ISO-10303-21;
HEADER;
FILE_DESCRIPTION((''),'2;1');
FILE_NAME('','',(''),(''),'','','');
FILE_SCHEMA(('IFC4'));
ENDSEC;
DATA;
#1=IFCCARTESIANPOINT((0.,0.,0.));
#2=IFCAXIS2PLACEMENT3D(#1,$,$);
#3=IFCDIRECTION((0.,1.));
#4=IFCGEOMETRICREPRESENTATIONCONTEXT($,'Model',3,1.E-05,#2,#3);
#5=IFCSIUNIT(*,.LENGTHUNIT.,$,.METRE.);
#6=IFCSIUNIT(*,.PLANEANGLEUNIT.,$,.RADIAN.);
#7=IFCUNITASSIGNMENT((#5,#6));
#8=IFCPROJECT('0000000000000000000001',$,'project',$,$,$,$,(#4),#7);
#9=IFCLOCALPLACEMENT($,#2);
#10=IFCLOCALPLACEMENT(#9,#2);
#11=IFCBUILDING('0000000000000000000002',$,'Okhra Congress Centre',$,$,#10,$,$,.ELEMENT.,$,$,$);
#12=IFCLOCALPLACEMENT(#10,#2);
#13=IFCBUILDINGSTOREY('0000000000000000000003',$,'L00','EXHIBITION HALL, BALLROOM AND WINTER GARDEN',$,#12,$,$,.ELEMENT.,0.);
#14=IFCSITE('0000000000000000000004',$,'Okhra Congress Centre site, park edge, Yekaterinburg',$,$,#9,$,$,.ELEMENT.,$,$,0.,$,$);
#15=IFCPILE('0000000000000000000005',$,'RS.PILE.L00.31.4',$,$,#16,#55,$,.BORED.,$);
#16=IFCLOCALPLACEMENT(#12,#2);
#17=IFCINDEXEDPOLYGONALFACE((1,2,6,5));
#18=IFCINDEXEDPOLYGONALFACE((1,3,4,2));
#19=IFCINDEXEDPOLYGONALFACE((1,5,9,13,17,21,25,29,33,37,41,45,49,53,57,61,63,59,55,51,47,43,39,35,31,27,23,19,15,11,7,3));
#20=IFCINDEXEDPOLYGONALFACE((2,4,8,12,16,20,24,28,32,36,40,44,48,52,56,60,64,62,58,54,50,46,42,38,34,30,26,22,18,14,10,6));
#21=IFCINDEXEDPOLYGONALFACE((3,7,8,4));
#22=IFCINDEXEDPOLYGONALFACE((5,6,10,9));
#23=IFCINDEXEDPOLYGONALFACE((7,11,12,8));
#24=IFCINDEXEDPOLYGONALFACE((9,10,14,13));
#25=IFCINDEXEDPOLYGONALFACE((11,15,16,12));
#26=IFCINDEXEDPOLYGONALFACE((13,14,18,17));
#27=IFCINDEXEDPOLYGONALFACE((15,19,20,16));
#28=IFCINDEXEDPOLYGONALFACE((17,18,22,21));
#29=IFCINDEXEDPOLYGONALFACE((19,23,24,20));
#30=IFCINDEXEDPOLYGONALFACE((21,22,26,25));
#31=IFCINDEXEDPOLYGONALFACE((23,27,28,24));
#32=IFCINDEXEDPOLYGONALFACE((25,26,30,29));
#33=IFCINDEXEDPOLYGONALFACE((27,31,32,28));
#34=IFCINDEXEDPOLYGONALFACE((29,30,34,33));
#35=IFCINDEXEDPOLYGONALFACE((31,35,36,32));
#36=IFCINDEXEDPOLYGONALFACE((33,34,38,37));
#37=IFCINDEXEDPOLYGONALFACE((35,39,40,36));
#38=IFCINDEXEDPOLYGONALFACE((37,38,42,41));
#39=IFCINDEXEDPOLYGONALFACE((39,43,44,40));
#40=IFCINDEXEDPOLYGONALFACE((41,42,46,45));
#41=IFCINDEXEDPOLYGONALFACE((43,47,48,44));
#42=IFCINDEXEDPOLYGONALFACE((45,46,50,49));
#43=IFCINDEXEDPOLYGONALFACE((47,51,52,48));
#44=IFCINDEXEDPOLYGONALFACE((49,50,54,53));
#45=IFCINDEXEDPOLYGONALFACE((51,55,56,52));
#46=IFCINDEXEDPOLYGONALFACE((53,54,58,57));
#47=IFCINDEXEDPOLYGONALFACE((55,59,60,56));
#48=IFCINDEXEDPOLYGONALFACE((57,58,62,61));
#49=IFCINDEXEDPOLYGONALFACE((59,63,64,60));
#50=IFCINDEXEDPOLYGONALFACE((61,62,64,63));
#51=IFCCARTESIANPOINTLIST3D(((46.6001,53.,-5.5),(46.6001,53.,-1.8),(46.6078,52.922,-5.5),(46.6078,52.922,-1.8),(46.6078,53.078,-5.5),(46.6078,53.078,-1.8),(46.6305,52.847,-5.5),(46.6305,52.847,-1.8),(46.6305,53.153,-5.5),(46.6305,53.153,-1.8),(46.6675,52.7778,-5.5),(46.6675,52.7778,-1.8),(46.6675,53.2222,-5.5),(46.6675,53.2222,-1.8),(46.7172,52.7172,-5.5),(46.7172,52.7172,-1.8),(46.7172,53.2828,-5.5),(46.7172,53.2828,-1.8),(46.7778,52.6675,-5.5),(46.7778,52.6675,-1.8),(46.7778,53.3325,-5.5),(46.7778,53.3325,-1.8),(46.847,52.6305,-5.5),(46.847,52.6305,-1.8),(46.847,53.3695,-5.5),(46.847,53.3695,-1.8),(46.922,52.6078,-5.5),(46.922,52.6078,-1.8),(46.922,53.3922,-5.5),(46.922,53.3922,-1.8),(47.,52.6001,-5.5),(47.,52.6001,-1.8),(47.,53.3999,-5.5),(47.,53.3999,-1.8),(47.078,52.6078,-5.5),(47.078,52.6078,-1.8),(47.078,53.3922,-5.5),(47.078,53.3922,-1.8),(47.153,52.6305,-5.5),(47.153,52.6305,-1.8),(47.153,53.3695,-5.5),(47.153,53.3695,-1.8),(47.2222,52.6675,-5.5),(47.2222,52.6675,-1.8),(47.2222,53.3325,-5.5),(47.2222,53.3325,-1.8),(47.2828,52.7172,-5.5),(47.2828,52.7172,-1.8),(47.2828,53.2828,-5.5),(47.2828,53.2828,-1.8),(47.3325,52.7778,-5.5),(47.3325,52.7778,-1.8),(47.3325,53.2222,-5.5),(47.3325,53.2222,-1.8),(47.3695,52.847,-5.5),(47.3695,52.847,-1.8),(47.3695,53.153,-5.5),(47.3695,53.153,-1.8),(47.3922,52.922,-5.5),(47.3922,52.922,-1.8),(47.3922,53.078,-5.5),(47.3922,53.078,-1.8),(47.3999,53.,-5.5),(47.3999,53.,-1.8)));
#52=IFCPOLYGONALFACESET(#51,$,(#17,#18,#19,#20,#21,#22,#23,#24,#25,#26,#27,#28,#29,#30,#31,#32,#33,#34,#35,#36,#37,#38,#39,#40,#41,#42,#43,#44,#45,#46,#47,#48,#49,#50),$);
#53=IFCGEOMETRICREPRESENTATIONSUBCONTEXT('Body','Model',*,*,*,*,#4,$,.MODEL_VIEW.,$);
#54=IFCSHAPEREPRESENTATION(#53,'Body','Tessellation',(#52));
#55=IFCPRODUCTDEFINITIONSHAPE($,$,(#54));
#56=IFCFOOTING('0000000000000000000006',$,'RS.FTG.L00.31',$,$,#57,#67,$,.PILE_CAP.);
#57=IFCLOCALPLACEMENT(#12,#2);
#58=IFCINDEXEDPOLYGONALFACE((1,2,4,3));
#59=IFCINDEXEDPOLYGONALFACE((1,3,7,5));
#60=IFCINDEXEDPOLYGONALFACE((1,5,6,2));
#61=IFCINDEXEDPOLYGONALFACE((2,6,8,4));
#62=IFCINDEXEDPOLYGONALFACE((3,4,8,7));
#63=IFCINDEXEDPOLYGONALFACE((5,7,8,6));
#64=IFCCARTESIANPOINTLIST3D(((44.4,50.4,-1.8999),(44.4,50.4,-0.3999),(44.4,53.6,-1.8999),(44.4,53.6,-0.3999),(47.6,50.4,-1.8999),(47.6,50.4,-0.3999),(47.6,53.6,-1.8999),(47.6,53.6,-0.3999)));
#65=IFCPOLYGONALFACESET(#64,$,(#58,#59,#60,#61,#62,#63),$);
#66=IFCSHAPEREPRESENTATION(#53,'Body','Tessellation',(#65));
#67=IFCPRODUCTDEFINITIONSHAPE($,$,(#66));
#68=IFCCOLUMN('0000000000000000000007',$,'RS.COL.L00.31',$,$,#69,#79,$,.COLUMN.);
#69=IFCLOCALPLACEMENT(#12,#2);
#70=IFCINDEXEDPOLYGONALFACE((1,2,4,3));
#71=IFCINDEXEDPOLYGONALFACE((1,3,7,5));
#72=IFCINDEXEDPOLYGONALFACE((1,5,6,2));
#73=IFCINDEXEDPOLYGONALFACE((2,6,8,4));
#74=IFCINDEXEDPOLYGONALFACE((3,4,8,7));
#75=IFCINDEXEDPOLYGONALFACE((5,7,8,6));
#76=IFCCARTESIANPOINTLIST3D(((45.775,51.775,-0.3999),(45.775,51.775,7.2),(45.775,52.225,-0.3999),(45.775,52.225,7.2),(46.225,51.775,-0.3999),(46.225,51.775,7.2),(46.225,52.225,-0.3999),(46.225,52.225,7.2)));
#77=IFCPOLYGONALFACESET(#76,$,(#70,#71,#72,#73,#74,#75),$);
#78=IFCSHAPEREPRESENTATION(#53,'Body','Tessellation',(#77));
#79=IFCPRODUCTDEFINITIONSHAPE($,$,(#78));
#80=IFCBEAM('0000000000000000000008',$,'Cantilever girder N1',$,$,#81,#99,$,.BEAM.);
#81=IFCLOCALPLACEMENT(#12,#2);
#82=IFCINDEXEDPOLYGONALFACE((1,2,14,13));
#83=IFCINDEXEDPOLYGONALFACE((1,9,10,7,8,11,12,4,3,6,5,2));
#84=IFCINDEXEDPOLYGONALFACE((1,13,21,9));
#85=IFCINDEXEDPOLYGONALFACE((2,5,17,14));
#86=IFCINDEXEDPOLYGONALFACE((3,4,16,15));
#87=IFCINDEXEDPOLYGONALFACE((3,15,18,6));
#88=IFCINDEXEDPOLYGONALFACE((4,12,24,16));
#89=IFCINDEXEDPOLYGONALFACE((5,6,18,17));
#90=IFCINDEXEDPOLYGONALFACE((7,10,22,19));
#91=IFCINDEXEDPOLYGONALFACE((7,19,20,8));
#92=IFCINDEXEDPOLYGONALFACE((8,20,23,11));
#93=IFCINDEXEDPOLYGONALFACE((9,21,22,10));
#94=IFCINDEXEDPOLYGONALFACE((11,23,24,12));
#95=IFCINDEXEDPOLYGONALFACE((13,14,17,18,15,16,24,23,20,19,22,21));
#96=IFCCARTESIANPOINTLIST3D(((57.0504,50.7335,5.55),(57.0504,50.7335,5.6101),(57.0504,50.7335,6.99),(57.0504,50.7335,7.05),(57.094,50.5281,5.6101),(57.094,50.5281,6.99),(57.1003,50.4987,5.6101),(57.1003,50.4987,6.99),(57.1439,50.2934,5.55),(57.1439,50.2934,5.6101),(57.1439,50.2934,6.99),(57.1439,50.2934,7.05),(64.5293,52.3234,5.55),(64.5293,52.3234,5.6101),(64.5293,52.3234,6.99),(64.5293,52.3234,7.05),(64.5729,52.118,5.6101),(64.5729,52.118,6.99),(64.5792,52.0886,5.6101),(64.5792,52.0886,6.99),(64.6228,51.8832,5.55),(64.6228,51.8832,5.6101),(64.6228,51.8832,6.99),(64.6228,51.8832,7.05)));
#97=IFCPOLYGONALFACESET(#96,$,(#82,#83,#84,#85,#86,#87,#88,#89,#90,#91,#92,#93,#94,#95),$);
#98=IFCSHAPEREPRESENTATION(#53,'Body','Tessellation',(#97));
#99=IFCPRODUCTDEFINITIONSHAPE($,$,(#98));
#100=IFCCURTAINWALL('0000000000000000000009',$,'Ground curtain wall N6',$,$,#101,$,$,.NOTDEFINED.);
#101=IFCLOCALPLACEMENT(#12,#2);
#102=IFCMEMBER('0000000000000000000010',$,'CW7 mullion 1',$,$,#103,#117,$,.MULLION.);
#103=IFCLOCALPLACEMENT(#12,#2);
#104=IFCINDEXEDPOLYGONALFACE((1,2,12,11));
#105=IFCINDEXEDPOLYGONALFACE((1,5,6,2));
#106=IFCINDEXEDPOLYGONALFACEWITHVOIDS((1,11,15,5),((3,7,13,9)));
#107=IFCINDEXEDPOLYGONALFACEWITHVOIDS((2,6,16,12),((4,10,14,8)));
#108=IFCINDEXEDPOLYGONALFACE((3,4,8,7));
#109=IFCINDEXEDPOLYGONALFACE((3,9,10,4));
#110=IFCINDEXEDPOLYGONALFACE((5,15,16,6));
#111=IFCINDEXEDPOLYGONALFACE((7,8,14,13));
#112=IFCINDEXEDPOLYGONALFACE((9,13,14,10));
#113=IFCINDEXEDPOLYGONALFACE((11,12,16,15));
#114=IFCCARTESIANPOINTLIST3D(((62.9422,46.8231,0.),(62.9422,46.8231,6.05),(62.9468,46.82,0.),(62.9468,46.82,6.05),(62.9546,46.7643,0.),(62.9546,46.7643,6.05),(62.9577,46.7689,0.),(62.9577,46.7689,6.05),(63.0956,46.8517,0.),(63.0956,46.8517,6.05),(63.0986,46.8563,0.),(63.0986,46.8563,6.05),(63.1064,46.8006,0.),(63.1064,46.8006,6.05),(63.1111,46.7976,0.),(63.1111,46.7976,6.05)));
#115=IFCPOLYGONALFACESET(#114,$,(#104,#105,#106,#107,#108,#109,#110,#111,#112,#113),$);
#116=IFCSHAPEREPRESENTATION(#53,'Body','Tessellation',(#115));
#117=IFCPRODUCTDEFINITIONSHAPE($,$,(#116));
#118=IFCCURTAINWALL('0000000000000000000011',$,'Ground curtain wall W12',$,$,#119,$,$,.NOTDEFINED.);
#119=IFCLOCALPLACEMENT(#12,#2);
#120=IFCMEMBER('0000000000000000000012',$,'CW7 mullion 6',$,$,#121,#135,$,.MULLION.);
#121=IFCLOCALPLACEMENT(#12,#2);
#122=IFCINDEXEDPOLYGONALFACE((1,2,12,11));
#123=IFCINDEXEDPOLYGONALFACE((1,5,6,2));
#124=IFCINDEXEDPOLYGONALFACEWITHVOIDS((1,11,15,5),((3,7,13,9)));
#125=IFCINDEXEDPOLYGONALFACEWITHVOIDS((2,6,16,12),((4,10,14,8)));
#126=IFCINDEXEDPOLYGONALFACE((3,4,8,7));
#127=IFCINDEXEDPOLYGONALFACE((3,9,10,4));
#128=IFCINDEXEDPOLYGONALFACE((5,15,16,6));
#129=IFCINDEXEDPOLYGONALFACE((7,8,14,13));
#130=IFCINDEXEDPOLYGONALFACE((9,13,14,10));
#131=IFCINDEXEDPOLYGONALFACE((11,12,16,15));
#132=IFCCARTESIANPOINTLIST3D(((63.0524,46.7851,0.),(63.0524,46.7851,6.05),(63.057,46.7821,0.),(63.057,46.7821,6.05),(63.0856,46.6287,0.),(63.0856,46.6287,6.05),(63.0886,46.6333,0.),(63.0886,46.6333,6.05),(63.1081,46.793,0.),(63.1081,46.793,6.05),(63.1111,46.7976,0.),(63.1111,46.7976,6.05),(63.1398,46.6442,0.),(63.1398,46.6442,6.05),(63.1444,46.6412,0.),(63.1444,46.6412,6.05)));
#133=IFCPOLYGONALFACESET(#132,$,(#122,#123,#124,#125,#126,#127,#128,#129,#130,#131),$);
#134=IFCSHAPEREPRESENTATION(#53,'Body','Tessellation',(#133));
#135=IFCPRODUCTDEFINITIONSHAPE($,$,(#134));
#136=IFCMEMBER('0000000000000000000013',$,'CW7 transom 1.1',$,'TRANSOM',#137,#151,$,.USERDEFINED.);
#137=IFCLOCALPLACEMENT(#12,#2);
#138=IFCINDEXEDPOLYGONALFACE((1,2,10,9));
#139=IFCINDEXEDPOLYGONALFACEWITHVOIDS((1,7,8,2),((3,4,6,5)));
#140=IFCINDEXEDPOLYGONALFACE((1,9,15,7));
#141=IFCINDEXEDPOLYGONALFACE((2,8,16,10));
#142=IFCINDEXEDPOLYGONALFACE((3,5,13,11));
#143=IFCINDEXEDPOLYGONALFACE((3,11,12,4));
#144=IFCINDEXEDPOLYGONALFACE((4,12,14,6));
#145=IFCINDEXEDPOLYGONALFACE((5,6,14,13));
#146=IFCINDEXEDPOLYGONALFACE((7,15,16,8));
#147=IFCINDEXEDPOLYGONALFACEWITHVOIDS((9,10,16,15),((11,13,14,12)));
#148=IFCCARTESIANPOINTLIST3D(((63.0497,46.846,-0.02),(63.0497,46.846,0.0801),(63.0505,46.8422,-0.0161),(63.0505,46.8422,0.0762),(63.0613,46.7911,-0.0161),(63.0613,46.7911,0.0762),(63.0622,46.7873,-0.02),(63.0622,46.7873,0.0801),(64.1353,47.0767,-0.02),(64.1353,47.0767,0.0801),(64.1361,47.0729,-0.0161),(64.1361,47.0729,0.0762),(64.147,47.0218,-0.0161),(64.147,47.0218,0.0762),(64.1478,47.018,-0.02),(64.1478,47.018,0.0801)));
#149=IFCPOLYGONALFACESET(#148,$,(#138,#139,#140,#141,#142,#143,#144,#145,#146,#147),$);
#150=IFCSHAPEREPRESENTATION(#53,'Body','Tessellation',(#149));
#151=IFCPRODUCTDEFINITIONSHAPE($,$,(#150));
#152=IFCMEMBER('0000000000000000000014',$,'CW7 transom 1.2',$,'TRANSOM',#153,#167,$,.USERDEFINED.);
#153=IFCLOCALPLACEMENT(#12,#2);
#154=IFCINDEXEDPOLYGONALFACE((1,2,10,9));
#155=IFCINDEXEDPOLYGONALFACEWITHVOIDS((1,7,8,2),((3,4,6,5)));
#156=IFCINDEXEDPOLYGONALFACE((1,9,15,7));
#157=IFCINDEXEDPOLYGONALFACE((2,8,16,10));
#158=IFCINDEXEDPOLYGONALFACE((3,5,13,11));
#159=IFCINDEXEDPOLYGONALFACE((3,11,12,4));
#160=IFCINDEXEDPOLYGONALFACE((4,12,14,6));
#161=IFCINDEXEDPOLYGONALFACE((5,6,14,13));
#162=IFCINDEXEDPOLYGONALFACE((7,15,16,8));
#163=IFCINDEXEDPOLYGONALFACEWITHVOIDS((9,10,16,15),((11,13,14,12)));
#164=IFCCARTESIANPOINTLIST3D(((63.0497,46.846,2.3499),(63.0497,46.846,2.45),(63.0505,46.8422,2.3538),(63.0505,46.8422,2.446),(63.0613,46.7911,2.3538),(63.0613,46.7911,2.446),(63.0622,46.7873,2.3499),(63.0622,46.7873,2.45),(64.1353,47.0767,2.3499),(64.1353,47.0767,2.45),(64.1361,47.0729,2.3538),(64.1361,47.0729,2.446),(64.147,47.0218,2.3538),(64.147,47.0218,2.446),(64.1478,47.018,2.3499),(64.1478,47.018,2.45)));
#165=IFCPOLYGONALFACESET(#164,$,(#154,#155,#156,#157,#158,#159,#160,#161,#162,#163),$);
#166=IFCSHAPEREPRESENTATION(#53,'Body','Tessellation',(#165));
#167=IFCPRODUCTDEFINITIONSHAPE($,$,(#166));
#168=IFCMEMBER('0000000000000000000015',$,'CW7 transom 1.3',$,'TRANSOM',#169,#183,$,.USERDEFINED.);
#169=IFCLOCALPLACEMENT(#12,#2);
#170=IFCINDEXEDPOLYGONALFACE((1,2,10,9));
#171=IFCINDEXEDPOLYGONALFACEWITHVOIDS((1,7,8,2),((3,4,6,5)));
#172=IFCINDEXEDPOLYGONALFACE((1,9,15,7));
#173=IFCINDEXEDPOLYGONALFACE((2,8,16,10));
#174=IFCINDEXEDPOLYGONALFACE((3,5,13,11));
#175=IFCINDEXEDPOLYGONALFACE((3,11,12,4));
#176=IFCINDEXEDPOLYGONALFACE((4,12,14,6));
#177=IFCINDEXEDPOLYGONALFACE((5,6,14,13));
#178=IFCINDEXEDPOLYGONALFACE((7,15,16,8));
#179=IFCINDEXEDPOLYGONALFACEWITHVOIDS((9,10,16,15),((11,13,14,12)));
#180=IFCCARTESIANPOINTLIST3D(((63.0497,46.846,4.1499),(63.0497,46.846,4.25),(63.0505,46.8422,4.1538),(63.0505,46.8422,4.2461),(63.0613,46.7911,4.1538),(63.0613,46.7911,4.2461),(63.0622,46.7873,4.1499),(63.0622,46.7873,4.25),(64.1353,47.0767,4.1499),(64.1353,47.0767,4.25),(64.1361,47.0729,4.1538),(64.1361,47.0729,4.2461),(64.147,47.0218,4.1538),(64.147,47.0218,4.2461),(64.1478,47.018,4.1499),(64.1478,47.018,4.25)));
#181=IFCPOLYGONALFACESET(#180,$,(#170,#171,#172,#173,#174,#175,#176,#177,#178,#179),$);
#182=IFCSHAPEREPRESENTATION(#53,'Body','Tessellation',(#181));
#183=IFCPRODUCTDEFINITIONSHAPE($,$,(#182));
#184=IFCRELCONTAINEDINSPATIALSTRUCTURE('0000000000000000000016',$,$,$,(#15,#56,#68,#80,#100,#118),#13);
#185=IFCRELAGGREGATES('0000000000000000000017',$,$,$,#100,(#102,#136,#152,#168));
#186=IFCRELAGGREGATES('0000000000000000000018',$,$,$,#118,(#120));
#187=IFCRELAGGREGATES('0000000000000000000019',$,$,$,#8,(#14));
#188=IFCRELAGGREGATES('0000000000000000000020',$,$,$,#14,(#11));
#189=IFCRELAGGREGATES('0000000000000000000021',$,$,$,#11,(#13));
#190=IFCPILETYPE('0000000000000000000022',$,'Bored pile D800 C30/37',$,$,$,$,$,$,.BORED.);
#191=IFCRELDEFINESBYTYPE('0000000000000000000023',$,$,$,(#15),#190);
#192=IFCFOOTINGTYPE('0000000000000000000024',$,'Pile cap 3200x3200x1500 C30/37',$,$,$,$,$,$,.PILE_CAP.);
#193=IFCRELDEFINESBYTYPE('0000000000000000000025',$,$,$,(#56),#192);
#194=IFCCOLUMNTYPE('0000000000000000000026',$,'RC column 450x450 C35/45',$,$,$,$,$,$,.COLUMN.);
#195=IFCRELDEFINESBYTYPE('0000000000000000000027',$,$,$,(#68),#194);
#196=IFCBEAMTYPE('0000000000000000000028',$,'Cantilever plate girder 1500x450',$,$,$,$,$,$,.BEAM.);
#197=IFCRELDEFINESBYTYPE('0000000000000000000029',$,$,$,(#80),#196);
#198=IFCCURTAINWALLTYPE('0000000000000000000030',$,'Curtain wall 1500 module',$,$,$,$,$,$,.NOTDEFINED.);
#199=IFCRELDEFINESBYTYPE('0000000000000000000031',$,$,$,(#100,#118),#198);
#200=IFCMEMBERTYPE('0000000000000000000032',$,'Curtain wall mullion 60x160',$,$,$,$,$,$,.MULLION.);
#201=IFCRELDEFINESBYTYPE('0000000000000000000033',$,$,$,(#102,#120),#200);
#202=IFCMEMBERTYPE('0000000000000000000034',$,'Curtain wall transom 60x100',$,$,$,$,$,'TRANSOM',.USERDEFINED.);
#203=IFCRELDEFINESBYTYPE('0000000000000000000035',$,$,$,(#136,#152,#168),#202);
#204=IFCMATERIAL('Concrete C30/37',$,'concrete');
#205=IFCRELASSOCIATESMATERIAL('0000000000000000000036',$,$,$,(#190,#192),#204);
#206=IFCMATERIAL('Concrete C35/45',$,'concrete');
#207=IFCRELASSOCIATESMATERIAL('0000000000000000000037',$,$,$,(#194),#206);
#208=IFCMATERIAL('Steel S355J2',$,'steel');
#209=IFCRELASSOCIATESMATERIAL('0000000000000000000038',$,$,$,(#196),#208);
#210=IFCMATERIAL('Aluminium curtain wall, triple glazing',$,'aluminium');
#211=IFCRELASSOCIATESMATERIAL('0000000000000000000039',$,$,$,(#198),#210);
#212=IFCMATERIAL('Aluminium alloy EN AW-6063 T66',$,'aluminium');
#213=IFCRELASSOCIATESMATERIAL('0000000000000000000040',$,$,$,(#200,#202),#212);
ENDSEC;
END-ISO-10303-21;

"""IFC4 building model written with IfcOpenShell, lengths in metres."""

from ifc_helpers import new_model, si_unit, direction, frame, origin, origin_2d, place, context, subcontext, project, spatial, rectangle, hollow_rectangle, circle, i_section, extrude, material, material_profile, profile_set, type_object, element, aggregate, save


model = new_model("IFC4")

# Units and contexts
model_context = context("Model", 3, precision=1e-05, world=origin(), true_north=direction((0.0, 1.0)))
body_context = subcontext(model_context, "Body", "Model", "MODEL_VIEW")
ifc_project = project(units=[si_unit("LENGTHUNIT", "METRE"), si_unit("PLANEANGLEUNIT", "RADIAN")], contexts=[model_context])

# Site, building, storey
site_placement = place(None, origin())
site = spatial("IfcSite", under=ifc_project, at=site_placement, Name="Okhra Congress Centre site, park edge, Yekaterinburg", CompositionType="ELEMENT", RefElevation=0.0)
building_placement = place(site_placement, origin())
building = spatial("IfcBuilding", under=site, at=building_placement, Name="Okhra Congress Centre", CompositionType="ELEMENT")
storey_placement = place(building_placement, origin())
storey = spatial("IfcBuildingStorey", under=building, at=storey_placement, Name="L00", Description="EXHIBITION HALL, BALLROOM AND WINTER GARDEN", CompositionType="ELEMENT", Elevation=0.0)

# Pile
ifc_material_1 = material(Name="Concrete C30/37", Category="concrete")
ifc_material_profile_1 = material_profile(ifc_material_1, circle(Radius=0.3999, at=origin_2d()), Name="D800")
ifc_profile_set_1 = profile_set([ifc_material_profile_1], Name="Concrete C30/37")
pile_type = type_object("IfcPileType", Name="Bored pile D800 C30/37", PredefinedType="BORED", material=ifc_profile_set_1)
for number, where, z_axis, x_axis, name in (
    (1, (47.0, 53.0, -1.8), (0.0, 0.0, -1.0), (1.0, 0.0, 0.0), "RS.PILE.L00.31.4"),
):
    element("IfcPile", number, at=place(storey_placement, frame(where, z_axis=z_axis, x_axis=x_axis)), inside=storey, type_object=pile_type, Name=name, PredefinedType="BORED", context=body_context, shape_type="SweptSolid", body=[
        extrude(circle(Radius=0.3999, at=origin_2d()), origin(), (0.0, 0.0, 1.0), 3.7),
    ])

# Footing
footing_type = type_object("IfcFootingType", Name="Pile cap 3200x3200x1500 C30/37", PredefinedType="PILE_CAP", material=ifc_material_1)
footing_placement = place(storey_placement, frame((46.0, 52.0, -1.8999), z_axis=(0.0, 0.0, 1.0), x_axis=(1.0, 0.0, 0.0)))
element("IfcFooting", 2, at=footing_placement, inside=storey, type_object=footing_type, Name="RS.FTG.L00.31", PredefinedType="PILE_CAP", context=body_context, shape_type="SweptSolid", body=[
    extrude(rectangle(XDim=3.2, YDim=3.2, at=origin_2d()), origin(), (0.0, 0.0, 1.0), 1.5),
])

# Column
ifc_material_2 = material(Name="Concrete C35/45", Category="concrete")
ifc_material_profile_2 = material_profile(ifc_material_2, rectangle(XDim=0.45, YDim=0.45, at=origin_2d()), Name="RC 450x450")
ifc_profile_set_2 = profile_set([ifc_material_profile_2], Name="Concrete C35/45")
column_type = type_object("IfcColumnType", Name="RC column 450x450 C35/45", PredefinedType="COLUMN", material=ifc_profile_set_2)
column_placement = place(storey_placement, frame((46.0, 52.0, -0.3999), z_axis=(0.0, 0.0, 1.0), x_axis=(1.0, 0.0, 0.0)))
element("IfcColumn", 3, at=column_placement, inside=storey, type_object=column_type, Name="RS.COL.L00.31", PredefinedType="COLUMN", context=body_context, shape_type="SweptSolid", body=[
    extrude(rectangle(XDim=0.45, YDim=0.45, at=origin_2d()), origin(), (0.0, 0.0, 1.0), 7.5999),
])

# Beam
ifc_material_3 = material(Name="Steel S355J2", Category="steel")
ifc_material_profile_3 = material_profile(ifc_material_3, i_section(OverallWidth=0.45, OverallDepth=1.5, WebThickness=0.03, FlangeThickness=0.0601, at=origin_2d()), Name="Plate girder 1500x450")
ifc_profile_set_3 = profile_set([ifc_material_profile_3], Name="Steel S355J2")
beam_type_1 = type_object("IfcBeamType", Name="Cantilever plate girder 1500x450", PredefinedType="BEAM", material=ifc_profile_set_3)
beam_placement = place(storey_placement, frame((57.0972, 50.5134, 6.3), z_axis=(0.978143, 0.207935, 0.0), x_axis=(-0.207935, 0.978143, 0.0)))
element("IfcBeam", 4, at=beam_placement, inside=storey, type_object=beam_type_1, Name="Cantilever girder N1", PredefinedType="BEAM", context=body_context, shape_type="SweptSolid", body=[
    extrude(i_section(OverallWidth=0.45, OverallDepth=1.5, WebThickness=0.03, FlangeThickness=0.0601, at=origin_2d()), origin(), (0.0, 0.0, 1.0), 7.646),
])

# Curtain walls, members
ifc_material_4 = material(Name="Aluminium curtain wall, triple glazing", Category="aluminium")
curtain_wall_type = type_object("IfcCurtainWallType", Name="Curtain wall 1500 module", PredefinedType="NOTDEFINED", material=ifc_material_4)
curtain_wall_1_placement = place(storey_placement, origin())
curtain_wall_1 = element("IfcCurtainWall", 5, at=curtain_wall_1_placement, inside=storey, type_object=curtain_wall_type, Name="Ground curtain wall N6", PredefinedType="NOTDEFINED")
ifc_material_5 = material(Name="Aluminium alloy EN AW-6063 T66", Category="aluminium")
ifc_material_profile_4 = material_profile(ifc_material_5, hollow_rectangle(XDim=0.0601, YDim=0.1599, WallThickness=0.0039, at=origin_2d()), Name="RHS 60x160x4")
ifc_profile_set_4 = profile_set([ifc_material_profile_4], Name="Aluminium alloy EN AW-6063 T66")
member_type_1 = type_object("IfcMemberType", Name="Curtain wall mullion 60x160", PredefinedType="MULLION", material=ifc_profile_set_4)
member_1_placement = place(storey_placement, frame((63.0266, 46.8103, 0.0), z_axis=(0.0, 0.0, 1.0), x_axis=(-0.207912, 0.978148, 0.0)))
member_1 = element("IfcMember", 6, at=member_1_placement, type_object=member_type_1, Name="CW7 mullion 1", PredefinedType="MULLION", context=body_context, shape_type="SweptSolid", body=[
    extrude(hollow_rectangle(XDim=0.0601, YDim=0.1599, WallThickness=0.0039, at=origin_2d()), origin(), (0.0, 0.0, 1.0), 6.05),
])
curtain_wall_2_placement = place(storey_placement, origin())
curtain_wall_2 = element("IfcCurtainWall", 7, at=curtain_wall_2_placement, inside=storey, type_object=curtain_wall_type, Name="Ground curtain wall W12", PredefinedType="NOTDEFINED")
member_2_placement = place(storey_placement, frame((63.0984, 46.7131, 0.0), z_axis=(0.0, 0.0, 1.0), x_axis=(-0.978148, -0.207912, 0.0)))
member_2 = element("IfcMember", 8, at=member_2_placement, type_object=member_type_1, Name="CW7 mullion 6", PredefinedType="MULLION", context=body_context, shape_type="SweptSolid", body=[
    extrude(hollow_rectangle(XDim=0.0601, YDim=0.1599, WallThickness=0.0039, at=origin_2d()), origin(), (0.0, 0.0, 1.0), 6.05),
])

# Members
ifc_material_profile_5 = material_profile(ifc_material_5, hollow_rectangle(XDim=0.0601, YDim=0.1001, WallThickness=0.0039, at=origin_2d()), Name="RHS 60x100x4")
ifc_profile_set_5 = profile_set([ifc_material_profile_5], Name="Aluminium alloy EN AW-6063 T66")
member_type_2 = type_object("IfcMemberType", Name="Curtain wall transom 60x100", ElementType="TRANSOM", PredefinedType="USERDEFINED", material=ifc_profile_set_5)
member_3_placement = place(storey_placement, frame((63.0559, 46.8167, 0.03), z_axis=(0.978158, 0.207861, 0.0), x_axis=(-0.207861, 0.978158, 0.0)))
member_3 = element("IfcMember", 9, at=member_3_placement, type_object=member_type_2, Name="CW7 transom 1.1", ObjectType="TRANSOM", PredefinedType="USERDEFINED", context=body_context, shape_type="SweptSolid", body=[
    extrude(hollow_rectangle(XDim=0.0601, YDim=0.1001, WallThickness=0.0039, at=origin_2d()), origin(), (0.0, 0.0, 1.0), 1.1099),
])
member_4_placement = place(storey_placement, frame((63.0559, 46.8167, 2.3999), z_axis=(0.978158, 0.207861, 0.0), x_axis=(-0.207861, 0.978158, 0.0)))
member_4 = element("IfcMember", 10, at=member_4_placement, type_object=member_type_2, Name="CW7 transom 1.2", ObjectType="TRANSOM", PredefinedType="USERDEFINED", context=body_context, shape_type="SweptSolid", body=[
    extrude(hollow_rectangle(XDim=0.0601, YDim=0.1001, WallThickness=0.0039, at=origin_2d()), origin(), (0.0, 0.0, 1.0), 1.1099),
])
member_5_placement = place(storey_placement, frame((63.0559, 46.8167, 4.2), z_axis=(0.978158, 0.207861, 0.0), x_axis=(-0.207861, 0.978158, 0.0)))
member_5 = element("IfcMember", 11, at=member_5_placement, type_object=member_type_2, Name="CW7 transom 1.3", ObjectType="TRANSOM", PredefinedType="USERDEFINED", context=body_context, shape_type="SweptSolid", body=[
    extrude(hollow_rectangle(XDim=0.0601, YDim=0.1001, WallThickness=0.0039, at=origin_2d()), origin(), (0.0, 0.0, 1.0), 1.1099),
])
aggregate(curtain_wall_1, [member_1, member_3, member_4, member_5])

aggregate(curtain_wall_2, [member_2])

save(model, "model.ifc")
